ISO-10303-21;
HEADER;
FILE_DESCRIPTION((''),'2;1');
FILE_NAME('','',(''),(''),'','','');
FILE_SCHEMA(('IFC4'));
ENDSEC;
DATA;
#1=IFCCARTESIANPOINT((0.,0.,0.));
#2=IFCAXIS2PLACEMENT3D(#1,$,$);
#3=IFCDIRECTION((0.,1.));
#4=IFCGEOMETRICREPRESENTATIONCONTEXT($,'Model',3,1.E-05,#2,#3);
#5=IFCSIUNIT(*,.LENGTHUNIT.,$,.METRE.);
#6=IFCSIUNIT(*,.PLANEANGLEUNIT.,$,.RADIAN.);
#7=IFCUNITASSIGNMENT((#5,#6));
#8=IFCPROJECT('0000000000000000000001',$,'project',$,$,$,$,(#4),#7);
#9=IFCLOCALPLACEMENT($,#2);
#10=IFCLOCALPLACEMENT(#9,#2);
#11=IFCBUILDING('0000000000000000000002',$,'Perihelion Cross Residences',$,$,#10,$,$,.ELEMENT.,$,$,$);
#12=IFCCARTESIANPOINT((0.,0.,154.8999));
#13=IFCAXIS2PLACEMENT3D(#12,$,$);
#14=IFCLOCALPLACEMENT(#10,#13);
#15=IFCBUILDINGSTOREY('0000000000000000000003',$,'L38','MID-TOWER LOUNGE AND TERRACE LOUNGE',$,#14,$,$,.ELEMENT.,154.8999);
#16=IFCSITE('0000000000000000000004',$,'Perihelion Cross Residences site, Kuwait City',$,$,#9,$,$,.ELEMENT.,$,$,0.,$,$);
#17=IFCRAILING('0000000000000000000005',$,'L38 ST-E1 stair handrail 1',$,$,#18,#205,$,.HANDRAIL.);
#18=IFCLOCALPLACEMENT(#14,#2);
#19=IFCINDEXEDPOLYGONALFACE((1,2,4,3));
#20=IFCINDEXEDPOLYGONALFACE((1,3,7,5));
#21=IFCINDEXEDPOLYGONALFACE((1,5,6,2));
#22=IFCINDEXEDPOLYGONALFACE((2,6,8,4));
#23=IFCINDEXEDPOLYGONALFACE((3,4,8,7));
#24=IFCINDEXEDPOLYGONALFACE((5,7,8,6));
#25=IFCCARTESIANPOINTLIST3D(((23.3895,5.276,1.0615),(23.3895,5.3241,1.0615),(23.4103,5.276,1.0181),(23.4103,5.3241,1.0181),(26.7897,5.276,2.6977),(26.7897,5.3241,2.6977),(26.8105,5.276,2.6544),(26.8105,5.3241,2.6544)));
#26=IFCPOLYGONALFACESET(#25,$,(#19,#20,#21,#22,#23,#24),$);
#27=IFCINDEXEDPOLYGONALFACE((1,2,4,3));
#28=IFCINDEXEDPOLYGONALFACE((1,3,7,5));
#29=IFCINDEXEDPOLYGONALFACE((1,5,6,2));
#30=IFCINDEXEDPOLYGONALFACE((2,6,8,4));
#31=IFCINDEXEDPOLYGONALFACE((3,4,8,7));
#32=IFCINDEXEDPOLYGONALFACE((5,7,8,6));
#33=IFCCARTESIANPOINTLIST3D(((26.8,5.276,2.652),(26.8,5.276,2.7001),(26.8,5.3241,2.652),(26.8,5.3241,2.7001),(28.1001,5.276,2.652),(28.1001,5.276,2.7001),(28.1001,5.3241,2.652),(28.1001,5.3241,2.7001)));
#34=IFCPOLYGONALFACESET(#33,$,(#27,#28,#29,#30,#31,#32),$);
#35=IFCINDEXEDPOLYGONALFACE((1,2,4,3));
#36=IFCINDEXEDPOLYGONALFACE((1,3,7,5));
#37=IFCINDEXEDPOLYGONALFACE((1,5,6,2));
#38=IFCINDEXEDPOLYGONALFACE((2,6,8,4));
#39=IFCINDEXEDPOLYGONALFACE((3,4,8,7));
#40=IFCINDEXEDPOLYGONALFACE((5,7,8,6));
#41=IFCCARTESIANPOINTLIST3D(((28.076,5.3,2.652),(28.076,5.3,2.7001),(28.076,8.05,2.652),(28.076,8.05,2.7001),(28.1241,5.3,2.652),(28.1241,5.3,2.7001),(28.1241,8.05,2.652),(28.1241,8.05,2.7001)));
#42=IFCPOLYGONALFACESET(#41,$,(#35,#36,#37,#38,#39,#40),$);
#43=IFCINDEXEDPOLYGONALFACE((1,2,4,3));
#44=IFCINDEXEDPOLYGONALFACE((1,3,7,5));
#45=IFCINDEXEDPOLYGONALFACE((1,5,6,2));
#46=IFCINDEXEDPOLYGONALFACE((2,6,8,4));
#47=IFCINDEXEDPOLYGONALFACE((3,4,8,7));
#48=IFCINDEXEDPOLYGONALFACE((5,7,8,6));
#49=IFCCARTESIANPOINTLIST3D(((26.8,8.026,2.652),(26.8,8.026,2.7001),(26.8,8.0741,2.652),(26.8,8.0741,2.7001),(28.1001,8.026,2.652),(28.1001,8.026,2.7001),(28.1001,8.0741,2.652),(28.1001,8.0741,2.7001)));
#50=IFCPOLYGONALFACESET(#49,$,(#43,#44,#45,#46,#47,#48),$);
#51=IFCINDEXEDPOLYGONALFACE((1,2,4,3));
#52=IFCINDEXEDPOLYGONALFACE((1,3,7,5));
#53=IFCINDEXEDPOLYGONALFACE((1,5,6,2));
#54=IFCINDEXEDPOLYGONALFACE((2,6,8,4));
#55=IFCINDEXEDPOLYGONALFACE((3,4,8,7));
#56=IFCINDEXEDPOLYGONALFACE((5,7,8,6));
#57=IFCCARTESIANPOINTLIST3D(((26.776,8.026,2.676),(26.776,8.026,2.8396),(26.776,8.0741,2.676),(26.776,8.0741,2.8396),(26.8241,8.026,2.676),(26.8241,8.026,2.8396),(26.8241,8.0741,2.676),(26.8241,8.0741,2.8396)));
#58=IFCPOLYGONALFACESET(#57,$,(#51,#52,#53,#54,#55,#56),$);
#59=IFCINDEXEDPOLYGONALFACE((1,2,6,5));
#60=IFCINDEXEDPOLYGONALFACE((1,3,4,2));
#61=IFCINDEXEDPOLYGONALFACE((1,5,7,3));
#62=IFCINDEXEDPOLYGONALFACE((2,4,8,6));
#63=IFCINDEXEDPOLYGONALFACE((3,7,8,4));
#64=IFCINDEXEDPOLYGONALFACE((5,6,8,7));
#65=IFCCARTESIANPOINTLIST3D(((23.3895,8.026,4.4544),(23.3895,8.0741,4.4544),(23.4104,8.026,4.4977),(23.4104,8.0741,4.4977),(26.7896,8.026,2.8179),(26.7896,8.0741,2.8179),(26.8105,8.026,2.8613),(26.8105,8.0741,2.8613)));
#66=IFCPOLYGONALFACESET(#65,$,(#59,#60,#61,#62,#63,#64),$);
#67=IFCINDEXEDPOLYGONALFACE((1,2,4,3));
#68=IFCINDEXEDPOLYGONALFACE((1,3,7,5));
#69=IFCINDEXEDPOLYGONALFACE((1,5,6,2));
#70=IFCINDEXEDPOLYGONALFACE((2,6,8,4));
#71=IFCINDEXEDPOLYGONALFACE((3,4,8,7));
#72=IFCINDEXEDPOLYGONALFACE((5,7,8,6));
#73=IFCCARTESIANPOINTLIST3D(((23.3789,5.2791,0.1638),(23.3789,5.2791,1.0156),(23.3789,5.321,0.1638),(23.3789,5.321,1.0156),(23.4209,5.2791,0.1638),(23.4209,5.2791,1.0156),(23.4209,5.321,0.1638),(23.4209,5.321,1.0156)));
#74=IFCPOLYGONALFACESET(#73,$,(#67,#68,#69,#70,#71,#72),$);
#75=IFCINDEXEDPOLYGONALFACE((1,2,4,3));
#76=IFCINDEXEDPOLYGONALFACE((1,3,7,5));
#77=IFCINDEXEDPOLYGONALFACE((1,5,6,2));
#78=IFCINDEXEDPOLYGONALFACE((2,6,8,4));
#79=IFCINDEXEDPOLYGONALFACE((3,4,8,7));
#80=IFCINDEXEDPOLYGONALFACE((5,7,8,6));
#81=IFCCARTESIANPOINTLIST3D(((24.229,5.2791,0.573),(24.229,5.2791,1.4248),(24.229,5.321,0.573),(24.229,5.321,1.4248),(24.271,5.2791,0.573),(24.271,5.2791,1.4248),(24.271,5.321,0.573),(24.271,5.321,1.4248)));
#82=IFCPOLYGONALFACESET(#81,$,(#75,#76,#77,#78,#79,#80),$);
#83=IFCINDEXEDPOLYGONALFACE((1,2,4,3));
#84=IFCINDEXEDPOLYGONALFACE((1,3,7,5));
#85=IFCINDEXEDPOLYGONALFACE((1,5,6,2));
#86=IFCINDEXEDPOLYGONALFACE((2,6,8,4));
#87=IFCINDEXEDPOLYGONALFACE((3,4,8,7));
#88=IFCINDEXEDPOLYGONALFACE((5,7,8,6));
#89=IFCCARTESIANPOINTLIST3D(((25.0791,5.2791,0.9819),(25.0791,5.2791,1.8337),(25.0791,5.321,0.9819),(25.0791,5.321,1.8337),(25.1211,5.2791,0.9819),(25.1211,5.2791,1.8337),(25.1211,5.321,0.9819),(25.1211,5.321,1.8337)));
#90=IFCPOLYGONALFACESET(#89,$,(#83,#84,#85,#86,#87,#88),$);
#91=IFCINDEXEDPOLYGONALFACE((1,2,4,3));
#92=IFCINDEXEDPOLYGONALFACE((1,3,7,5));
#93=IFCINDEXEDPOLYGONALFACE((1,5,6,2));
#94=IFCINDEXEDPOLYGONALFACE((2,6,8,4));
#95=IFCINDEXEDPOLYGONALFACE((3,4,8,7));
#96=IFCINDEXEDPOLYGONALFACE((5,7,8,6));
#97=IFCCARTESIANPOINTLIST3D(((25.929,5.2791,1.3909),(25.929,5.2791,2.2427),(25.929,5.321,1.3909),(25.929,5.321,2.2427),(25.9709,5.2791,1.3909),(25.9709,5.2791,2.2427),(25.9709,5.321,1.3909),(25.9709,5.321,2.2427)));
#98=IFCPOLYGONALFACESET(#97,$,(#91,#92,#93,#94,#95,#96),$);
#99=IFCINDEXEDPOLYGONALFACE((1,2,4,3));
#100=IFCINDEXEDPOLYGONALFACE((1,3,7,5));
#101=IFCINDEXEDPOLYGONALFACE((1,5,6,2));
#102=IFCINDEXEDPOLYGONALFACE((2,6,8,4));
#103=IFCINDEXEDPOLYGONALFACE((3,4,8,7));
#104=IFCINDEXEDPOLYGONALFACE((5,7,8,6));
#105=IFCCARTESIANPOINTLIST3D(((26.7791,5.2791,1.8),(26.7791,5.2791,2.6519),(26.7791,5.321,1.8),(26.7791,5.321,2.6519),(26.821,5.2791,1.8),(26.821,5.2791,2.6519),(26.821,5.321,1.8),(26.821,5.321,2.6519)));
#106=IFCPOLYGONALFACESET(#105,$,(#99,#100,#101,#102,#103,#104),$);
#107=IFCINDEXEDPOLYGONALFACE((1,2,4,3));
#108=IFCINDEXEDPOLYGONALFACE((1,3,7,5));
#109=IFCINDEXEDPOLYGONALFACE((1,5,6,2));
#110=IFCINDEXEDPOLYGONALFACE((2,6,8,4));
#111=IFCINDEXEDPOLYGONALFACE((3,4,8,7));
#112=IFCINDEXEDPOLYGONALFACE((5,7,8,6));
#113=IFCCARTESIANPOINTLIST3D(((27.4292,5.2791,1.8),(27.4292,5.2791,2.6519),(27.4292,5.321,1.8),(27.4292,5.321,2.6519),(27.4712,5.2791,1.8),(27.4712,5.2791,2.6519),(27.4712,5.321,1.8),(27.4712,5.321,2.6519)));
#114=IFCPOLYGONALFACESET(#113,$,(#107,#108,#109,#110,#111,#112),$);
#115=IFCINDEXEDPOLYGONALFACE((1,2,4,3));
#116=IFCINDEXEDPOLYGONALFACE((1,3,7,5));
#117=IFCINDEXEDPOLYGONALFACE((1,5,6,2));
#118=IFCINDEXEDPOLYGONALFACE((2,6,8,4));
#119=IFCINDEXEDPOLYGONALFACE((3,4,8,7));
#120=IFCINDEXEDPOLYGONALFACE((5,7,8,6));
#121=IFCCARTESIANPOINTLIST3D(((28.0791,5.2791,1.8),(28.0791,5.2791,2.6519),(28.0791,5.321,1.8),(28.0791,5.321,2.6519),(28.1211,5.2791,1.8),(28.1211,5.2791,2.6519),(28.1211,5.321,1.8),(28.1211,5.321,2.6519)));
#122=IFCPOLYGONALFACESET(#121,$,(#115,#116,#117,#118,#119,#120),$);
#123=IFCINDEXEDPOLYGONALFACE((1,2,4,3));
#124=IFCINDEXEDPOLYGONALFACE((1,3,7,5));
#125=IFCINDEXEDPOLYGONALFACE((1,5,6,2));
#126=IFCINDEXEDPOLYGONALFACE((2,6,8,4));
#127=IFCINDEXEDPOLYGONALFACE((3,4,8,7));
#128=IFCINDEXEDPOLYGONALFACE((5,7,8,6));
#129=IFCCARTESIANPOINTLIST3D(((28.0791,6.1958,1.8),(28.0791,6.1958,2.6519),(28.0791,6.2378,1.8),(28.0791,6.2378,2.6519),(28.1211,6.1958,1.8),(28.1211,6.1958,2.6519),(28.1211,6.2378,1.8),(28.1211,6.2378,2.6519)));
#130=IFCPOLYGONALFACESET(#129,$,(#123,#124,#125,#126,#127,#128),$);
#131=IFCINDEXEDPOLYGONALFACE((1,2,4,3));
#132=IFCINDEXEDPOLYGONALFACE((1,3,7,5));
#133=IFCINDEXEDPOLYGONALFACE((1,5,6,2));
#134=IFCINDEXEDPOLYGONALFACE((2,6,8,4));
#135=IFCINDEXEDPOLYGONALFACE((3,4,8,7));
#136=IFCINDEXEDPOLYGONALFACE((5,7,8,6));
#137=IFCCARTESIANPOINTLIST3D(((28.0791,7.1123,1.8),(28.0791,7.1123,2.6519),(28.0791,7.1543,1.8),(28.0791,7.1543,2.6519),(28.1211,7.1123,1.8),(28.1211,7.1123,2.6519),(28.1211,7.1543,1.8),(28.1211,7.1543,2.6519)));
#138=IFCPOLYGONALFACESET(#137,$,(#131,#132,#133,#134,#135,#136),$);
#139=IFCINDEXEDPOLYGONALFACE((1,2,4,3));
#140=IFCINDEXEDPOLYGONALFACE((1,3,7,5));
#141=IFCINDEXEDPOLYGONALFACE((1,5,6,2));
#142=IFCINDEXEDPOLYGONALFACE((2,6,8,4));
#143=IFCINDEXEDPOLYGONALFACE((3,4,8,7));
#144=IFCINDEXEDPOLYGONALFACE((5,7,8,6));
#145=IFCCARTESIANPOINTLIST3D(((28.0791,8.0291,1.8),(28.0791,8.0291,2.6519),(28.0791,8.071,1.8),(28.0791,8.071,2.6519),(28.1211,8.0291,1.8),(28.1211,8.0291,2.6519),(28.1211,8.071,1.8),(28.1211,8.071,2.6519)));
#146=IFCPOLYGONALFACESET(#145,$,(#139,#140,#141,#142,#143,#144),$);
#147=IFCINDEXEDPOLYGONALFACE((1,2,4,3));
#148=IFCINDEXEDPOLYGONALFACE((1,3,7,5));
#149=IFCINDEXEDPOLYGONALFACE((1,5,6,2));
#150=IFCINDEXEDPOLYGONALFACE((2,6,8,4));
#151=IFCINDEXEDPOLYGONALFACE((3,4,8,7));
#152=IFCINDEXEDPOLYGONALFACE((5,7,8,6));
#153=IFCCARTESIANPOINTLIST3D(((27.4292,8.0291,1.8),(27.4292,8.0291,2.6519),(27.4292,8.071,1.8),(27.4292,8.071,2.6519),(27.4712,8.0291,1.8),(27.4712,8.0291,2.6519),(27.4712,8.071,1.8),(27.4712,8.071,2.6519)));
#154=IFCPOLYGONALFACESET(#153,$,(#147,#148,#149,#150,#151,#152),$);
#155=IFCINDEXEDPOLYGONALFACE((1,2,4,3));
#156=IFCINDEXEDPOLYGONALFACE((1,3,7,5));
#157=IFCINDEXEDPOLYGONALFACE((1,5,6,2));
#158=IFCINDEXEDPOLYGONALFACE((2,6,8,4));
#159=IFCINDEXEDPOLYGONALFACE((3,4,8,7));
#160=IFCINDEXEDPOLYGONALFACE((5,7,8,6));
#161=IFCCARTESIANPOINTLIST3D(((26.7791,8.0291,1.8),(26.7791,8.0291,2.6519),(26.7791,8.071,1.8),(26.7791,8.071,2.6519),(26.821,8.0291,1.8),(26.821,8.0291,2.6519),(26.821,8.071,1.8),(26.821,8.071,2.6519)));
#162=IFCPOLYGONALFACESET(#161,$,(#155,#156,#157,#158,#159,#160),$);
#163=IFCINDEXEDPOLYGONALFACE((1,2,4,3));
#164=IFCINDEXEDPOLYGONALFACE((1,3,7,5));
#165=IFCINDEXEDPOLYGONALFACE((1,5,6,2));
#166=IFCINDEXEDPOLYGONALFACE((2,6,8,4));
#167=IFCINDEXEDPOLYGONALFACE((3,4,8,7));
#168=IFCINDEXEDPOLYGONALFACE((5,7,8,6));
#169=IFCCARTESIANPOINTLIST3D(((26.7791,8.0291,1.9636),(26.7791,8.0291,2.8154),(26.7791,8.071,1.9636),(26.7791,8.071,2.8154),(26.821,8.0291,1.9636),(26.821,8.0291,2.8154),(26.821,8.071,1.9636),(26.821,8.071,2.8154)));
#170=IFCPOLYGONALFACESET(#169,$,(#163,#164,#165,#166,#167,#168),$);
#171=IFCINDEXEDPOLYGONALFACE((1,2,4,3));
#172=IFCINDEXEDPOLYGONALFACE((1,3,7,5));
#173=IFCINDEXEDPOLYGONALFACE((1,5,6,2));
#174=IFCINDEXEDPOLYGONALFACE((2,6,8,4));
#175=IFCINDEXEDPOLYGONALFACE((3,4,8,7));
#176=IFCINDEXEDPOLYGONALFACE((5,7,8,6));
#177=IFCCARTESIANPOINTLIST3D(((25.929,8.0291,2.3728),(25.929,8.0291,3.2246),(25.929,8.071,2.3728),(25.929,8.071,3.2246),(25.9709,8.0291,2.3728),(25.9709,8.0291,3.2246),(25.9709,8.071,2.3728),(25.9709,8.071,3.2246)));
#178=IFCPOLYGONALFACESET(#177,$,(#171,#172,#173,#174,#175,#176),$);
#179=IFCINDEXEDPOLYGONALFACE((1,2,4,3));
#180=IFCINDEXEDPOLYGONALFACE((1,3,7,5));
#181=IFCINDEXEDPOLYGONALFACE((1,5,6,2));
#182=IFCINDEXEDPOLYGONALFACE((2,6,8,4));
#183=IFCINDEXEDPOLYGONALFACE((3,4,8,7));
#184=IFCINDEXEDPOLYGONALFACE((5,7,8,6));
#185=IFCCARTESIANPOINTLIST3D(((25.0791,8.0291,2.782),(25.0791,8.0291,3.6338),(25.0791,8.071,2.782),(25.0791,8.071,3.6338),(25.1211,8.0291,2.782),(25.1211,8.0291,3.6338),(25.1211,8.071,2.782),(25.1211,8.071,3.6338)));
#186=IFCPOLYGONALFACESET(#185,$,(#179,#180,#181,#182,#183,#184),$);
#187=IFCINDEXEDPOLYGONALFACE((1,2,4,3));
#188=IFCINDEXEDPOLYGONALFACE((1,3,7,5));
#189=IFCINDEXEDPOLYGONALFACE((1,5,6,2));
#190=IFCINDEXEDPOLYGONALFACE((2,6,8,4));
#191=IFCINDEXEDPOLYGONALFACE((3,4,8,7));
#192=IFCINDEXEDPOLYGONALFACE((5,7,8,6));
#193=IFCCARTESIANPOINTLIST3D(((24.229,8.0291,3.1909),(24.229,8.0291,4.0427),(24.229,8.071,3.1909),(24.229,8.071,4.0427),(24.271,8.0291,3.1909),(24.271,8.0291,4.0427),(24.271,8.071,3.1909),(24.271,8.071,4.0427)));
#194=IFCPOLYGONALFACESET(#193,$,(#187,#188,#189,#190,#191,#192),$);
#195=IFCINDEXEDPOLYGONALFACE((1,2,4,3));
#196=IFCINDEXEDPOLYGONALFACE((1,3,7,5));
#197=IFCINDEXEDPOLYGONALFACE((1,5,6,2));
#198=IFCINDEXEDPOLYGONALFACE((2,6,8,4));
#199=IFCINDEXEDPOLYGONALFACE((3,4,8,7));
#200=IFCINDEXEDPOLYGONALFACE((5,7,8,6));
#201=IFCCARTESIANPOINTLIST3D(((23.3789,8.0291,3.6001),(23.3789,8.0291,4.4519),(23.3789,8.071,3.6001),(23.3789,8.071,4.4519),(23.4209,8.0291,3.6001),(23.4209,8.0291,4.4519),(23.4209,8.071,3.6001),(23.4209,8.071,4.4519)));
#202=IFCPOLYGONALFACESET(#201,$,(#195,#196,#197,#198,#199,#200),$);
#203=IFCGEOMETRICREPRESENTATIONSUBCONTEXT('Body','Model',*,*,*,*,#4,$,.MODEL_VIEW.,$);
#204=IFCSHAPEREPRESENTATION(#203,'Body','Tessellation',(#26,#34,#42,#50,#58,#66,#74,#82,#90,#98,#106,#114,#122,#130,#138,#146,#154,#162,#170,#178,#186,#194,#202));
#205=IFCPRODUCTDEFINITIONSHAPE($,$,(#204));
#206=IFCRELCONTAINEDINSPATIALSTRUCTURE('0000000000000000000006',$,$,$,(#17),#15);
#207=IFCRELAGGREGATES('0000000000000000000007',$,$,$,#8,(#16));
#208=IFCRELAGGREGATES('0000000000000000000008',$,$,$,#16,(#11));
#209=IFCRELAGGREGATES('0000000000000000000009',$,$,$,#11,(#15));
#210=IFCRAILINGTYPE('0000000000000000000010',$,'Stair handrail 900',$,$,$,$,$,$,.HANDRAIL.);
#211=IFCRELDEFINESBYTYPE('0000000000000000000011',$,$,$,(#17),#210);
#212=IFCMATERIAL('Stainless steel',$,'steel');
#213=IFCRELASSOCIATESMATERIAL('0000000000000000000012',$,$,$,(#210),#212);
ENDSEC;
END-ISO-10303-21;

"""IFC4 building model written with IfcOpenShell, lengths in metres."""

from ifc_helpers import new_model, si_unit, direction, frame, origin, origin_2d, place, context, subcontext, project, spatial, rectangle, extrude, material, type_object, element, save


model = new_model("IFC4")

# Units and contexts
model_context = context("Model", 3, precision=1e-05, world=origin(), true_north=direction((0.0, 1.0)))
body_context = subcontext(model_context, "Body", "Model", "MODEL_VIEW")
ifc_project = project(units=[si_unit("LENGTHUNIT", "METRE"), si_unit("PLANEANGLEUNIT", "RADIAN")], contexts=[model_context])

# Site, building, storey
site_placement = place(None, origin())
site = spatial("IfcSite", under=ifc_project, at=site_placement, Name="Perihelion Cross Residences site, Kuwait City", CompositionType="ELEMENT", RefElevation=0.0)
building_placement = place(site_placement, origin())
building = spatial("IfcBuilding", under=site, at=building_placement, Name="Perihelion Cross Residences", CompositionType="ELEMENT")
storey_placement = place(building_placement, frame((0.0, 0.0, 154.8999)))
storey = spatial("IfcBuildingStorey", under=building, at=storey_placement, Name="L38", Description="MID-TOWER LOUNGE AND TERRACE LOUNGE", CompositionType="ELEMENT", Elevation=154.8999)

# Railing
ifc_material_1 = material(Name="Stainless steel", Category="steel")
railing_type_1 = type_object("IfcRailingType", Name="Stair handrail 900", PredefinedType="HANDRAIL", material=ifc_material_1)
railing_1_placement = place(storey_placement, frame((23.3999, 5.3, 0.1638)))
element("IfcRailing", 1, at=railing_1_placement, inside=storey, type_object=railing_type_1, Name="L38 ST-E1 stair handrail 1", PredefinedType="HANDRAIL", context=body_context, shape_type="SweptSolid", body=[
    extrude(rectangle(XDim=0.0481, YDim=0.0481, at=origin_2d()), frame((0.0, 0.0, 0.876), z_axis=(0.901093, 0.0, 0.433627), x_axis=(0.0, 1.0, 0.0)), (0.0, 0.0, 1.0), 3.7734),
    extrude(rectangle(XDim=0.0481, YDim=0.0481, at=origin_2d()), frame((3.4001, 0.0, 2.5122), z_axis=(1.0, 0.0, 0.0), x_axis=(0.0, 1.0, 0.0)), (0.0, 0.0, 1.0), 1.3),
    extrude(rectangle(XDim=0.0481, YDim=0.0481, at=origin_2d()), frame((4.7002, 0.0, 2.5122), z_axis=(0.0, 1.0, 0.0), x_axis=(-1.0, 0.0, 0.0)), (0.0, 0.0, 1.0), 2.75),
    extrude(rectangle(XDim=0.0481, YDim=0.0481, at=origin_2d()), frame((4.7002, 2.75, 2.5122), z_axis=(-1.0, 0.0, 0.0), x_axis=(0.0, -1.0, 0.0)), (0.0, 0.0, 1.0), 1.3),
    extrude(rectangle(XDim=0.0481, YDim=0.0481, at=origin_2d()), frame((3.4001, 2.75, 2.5122), z_axis=(0.0, 0.0, 1.0), x_axis=(1.0, 0.0, 0.0)), (0.0, 0.0, 1.0), 0.1636),
    extrude(rectangle(XDim=0.0481, YDim=0.0481, at=origin_2d()), frame((3.4001, 2.75, 2.6758), z_axis=(-0.901067, 0.0, 0.433679), x_axis=(0.0, -1.0, 0.0)), (0.0, 0.0, 1.0), 3.7734),
    extrude(rectangle(XDim=0.042, YDim=0.042, at=origin_2d()), origin(), (0.0, 0.0, 1.0), 0.8518),
    extrude(rectangle(XDim=0.042, YDim=0.042, at=origin_2d()), frame((0.8501, 0.0, 0.4092)), (0.0, 0.0, 1.0), 0.8518),
    extrude(rectangle(XDim=0.042, YDim=0.042, at=origin_2d()), frame((1.7002, 0.0, 0.8181)), (0.0, 0.0, 1.0), 0.8518),
    extrude(rectangle(XDim=0.042, YDim=0.042, at=origin_2d()), frame((2.55, 0.0, 1.2271)), (0.0, 0.0, 1.0), 0.8518),
    extrude(rectangle(XDim=0.042, YDim=0.042, at=origin_2d()), frame((3.4001, 0.0, 1.6362)), (0.0, 0.0, 1.0), 0.8518),
    extrude(rectangle(XDim=0.042, YDim=0.042, at=origin_2d()), frame((4.0503, 0.0, 1.6362)), (0.0, 0.0, 1.0), 0.8518),
    extrude(rectangle(XDim=0.042, YDim=0.042, at=origin_2d()), frame((4.7002, 0.0, 1.6362)), (0.0, 0.0, 1.0), 0.8518),
    extrude(rectangle(XDim=0.042, YDim=0.042, at=origin_2d()), frame((4.7002, 0.9167, 1.6362)), (0.0, 0.0, 1.0), 0.8518),
    extrude(rectangle(XDim=0.042, YDim=0.042, at=origin_2d()), frame((4.7002, 1.8333, 1.6362)), (0.0, 0.0, 1.0), 0.8518),
    extrude(rectangle(XDim=0.042, YDim=0.042, at=origin_2d()), frame((4.7002, 2.75, 1.6362)), (0.0, 0.0, 1.0), 0.8518),
    extrude(rectangle(XDim=0.042, YDim=0.042, at=origin_2d()), frame((4.0503, 2.75, 1.6362)), (0.0, 0.0, 1.0), 0.8518),
    extrude(rectangle(XDim=0.042, YDim=0.042, at=origin_2d()), frame((3.4001, 2.75, 1.6362)), (0.0, 0.0, 1.0), 0.8518),
    extrude(rectangle(XDim=0.042, YDim=0.042, at=origin_2d()), frame((3.4001, 2.75, 1.7998)), (0.0, 0.0, 1.0), 0.8518),
    extrude(rectangle(XDim=0.042, YDim=0.042, at=origin_2d()), frame((2.55, 2.75, 2.209)), (0.0, 0.0, 1.0), 0.8518),
    extrude(rectangle(XDim=0.042, YDim=0.042, at=origin_2d()), frame((1.7002, 2.75, 2.6182)), (0.0, 0.0, 1.0), 0.8518),
    extrude(rectangle(XDim=0.042, YDim=0.042, at=origin_2d()), frame((0.8501, 2.75, 3.0271)), (0.0, 0.0, 1.0), 0.8518),
    extrude(rectangle(XDim=0.042, YDim=0.042, at=origin_2d()), frame((0.0, 2.75, 3.4363)), (0.0, 0.0, 1.0), 0.8518),
])

save(model, "model.ifc")
